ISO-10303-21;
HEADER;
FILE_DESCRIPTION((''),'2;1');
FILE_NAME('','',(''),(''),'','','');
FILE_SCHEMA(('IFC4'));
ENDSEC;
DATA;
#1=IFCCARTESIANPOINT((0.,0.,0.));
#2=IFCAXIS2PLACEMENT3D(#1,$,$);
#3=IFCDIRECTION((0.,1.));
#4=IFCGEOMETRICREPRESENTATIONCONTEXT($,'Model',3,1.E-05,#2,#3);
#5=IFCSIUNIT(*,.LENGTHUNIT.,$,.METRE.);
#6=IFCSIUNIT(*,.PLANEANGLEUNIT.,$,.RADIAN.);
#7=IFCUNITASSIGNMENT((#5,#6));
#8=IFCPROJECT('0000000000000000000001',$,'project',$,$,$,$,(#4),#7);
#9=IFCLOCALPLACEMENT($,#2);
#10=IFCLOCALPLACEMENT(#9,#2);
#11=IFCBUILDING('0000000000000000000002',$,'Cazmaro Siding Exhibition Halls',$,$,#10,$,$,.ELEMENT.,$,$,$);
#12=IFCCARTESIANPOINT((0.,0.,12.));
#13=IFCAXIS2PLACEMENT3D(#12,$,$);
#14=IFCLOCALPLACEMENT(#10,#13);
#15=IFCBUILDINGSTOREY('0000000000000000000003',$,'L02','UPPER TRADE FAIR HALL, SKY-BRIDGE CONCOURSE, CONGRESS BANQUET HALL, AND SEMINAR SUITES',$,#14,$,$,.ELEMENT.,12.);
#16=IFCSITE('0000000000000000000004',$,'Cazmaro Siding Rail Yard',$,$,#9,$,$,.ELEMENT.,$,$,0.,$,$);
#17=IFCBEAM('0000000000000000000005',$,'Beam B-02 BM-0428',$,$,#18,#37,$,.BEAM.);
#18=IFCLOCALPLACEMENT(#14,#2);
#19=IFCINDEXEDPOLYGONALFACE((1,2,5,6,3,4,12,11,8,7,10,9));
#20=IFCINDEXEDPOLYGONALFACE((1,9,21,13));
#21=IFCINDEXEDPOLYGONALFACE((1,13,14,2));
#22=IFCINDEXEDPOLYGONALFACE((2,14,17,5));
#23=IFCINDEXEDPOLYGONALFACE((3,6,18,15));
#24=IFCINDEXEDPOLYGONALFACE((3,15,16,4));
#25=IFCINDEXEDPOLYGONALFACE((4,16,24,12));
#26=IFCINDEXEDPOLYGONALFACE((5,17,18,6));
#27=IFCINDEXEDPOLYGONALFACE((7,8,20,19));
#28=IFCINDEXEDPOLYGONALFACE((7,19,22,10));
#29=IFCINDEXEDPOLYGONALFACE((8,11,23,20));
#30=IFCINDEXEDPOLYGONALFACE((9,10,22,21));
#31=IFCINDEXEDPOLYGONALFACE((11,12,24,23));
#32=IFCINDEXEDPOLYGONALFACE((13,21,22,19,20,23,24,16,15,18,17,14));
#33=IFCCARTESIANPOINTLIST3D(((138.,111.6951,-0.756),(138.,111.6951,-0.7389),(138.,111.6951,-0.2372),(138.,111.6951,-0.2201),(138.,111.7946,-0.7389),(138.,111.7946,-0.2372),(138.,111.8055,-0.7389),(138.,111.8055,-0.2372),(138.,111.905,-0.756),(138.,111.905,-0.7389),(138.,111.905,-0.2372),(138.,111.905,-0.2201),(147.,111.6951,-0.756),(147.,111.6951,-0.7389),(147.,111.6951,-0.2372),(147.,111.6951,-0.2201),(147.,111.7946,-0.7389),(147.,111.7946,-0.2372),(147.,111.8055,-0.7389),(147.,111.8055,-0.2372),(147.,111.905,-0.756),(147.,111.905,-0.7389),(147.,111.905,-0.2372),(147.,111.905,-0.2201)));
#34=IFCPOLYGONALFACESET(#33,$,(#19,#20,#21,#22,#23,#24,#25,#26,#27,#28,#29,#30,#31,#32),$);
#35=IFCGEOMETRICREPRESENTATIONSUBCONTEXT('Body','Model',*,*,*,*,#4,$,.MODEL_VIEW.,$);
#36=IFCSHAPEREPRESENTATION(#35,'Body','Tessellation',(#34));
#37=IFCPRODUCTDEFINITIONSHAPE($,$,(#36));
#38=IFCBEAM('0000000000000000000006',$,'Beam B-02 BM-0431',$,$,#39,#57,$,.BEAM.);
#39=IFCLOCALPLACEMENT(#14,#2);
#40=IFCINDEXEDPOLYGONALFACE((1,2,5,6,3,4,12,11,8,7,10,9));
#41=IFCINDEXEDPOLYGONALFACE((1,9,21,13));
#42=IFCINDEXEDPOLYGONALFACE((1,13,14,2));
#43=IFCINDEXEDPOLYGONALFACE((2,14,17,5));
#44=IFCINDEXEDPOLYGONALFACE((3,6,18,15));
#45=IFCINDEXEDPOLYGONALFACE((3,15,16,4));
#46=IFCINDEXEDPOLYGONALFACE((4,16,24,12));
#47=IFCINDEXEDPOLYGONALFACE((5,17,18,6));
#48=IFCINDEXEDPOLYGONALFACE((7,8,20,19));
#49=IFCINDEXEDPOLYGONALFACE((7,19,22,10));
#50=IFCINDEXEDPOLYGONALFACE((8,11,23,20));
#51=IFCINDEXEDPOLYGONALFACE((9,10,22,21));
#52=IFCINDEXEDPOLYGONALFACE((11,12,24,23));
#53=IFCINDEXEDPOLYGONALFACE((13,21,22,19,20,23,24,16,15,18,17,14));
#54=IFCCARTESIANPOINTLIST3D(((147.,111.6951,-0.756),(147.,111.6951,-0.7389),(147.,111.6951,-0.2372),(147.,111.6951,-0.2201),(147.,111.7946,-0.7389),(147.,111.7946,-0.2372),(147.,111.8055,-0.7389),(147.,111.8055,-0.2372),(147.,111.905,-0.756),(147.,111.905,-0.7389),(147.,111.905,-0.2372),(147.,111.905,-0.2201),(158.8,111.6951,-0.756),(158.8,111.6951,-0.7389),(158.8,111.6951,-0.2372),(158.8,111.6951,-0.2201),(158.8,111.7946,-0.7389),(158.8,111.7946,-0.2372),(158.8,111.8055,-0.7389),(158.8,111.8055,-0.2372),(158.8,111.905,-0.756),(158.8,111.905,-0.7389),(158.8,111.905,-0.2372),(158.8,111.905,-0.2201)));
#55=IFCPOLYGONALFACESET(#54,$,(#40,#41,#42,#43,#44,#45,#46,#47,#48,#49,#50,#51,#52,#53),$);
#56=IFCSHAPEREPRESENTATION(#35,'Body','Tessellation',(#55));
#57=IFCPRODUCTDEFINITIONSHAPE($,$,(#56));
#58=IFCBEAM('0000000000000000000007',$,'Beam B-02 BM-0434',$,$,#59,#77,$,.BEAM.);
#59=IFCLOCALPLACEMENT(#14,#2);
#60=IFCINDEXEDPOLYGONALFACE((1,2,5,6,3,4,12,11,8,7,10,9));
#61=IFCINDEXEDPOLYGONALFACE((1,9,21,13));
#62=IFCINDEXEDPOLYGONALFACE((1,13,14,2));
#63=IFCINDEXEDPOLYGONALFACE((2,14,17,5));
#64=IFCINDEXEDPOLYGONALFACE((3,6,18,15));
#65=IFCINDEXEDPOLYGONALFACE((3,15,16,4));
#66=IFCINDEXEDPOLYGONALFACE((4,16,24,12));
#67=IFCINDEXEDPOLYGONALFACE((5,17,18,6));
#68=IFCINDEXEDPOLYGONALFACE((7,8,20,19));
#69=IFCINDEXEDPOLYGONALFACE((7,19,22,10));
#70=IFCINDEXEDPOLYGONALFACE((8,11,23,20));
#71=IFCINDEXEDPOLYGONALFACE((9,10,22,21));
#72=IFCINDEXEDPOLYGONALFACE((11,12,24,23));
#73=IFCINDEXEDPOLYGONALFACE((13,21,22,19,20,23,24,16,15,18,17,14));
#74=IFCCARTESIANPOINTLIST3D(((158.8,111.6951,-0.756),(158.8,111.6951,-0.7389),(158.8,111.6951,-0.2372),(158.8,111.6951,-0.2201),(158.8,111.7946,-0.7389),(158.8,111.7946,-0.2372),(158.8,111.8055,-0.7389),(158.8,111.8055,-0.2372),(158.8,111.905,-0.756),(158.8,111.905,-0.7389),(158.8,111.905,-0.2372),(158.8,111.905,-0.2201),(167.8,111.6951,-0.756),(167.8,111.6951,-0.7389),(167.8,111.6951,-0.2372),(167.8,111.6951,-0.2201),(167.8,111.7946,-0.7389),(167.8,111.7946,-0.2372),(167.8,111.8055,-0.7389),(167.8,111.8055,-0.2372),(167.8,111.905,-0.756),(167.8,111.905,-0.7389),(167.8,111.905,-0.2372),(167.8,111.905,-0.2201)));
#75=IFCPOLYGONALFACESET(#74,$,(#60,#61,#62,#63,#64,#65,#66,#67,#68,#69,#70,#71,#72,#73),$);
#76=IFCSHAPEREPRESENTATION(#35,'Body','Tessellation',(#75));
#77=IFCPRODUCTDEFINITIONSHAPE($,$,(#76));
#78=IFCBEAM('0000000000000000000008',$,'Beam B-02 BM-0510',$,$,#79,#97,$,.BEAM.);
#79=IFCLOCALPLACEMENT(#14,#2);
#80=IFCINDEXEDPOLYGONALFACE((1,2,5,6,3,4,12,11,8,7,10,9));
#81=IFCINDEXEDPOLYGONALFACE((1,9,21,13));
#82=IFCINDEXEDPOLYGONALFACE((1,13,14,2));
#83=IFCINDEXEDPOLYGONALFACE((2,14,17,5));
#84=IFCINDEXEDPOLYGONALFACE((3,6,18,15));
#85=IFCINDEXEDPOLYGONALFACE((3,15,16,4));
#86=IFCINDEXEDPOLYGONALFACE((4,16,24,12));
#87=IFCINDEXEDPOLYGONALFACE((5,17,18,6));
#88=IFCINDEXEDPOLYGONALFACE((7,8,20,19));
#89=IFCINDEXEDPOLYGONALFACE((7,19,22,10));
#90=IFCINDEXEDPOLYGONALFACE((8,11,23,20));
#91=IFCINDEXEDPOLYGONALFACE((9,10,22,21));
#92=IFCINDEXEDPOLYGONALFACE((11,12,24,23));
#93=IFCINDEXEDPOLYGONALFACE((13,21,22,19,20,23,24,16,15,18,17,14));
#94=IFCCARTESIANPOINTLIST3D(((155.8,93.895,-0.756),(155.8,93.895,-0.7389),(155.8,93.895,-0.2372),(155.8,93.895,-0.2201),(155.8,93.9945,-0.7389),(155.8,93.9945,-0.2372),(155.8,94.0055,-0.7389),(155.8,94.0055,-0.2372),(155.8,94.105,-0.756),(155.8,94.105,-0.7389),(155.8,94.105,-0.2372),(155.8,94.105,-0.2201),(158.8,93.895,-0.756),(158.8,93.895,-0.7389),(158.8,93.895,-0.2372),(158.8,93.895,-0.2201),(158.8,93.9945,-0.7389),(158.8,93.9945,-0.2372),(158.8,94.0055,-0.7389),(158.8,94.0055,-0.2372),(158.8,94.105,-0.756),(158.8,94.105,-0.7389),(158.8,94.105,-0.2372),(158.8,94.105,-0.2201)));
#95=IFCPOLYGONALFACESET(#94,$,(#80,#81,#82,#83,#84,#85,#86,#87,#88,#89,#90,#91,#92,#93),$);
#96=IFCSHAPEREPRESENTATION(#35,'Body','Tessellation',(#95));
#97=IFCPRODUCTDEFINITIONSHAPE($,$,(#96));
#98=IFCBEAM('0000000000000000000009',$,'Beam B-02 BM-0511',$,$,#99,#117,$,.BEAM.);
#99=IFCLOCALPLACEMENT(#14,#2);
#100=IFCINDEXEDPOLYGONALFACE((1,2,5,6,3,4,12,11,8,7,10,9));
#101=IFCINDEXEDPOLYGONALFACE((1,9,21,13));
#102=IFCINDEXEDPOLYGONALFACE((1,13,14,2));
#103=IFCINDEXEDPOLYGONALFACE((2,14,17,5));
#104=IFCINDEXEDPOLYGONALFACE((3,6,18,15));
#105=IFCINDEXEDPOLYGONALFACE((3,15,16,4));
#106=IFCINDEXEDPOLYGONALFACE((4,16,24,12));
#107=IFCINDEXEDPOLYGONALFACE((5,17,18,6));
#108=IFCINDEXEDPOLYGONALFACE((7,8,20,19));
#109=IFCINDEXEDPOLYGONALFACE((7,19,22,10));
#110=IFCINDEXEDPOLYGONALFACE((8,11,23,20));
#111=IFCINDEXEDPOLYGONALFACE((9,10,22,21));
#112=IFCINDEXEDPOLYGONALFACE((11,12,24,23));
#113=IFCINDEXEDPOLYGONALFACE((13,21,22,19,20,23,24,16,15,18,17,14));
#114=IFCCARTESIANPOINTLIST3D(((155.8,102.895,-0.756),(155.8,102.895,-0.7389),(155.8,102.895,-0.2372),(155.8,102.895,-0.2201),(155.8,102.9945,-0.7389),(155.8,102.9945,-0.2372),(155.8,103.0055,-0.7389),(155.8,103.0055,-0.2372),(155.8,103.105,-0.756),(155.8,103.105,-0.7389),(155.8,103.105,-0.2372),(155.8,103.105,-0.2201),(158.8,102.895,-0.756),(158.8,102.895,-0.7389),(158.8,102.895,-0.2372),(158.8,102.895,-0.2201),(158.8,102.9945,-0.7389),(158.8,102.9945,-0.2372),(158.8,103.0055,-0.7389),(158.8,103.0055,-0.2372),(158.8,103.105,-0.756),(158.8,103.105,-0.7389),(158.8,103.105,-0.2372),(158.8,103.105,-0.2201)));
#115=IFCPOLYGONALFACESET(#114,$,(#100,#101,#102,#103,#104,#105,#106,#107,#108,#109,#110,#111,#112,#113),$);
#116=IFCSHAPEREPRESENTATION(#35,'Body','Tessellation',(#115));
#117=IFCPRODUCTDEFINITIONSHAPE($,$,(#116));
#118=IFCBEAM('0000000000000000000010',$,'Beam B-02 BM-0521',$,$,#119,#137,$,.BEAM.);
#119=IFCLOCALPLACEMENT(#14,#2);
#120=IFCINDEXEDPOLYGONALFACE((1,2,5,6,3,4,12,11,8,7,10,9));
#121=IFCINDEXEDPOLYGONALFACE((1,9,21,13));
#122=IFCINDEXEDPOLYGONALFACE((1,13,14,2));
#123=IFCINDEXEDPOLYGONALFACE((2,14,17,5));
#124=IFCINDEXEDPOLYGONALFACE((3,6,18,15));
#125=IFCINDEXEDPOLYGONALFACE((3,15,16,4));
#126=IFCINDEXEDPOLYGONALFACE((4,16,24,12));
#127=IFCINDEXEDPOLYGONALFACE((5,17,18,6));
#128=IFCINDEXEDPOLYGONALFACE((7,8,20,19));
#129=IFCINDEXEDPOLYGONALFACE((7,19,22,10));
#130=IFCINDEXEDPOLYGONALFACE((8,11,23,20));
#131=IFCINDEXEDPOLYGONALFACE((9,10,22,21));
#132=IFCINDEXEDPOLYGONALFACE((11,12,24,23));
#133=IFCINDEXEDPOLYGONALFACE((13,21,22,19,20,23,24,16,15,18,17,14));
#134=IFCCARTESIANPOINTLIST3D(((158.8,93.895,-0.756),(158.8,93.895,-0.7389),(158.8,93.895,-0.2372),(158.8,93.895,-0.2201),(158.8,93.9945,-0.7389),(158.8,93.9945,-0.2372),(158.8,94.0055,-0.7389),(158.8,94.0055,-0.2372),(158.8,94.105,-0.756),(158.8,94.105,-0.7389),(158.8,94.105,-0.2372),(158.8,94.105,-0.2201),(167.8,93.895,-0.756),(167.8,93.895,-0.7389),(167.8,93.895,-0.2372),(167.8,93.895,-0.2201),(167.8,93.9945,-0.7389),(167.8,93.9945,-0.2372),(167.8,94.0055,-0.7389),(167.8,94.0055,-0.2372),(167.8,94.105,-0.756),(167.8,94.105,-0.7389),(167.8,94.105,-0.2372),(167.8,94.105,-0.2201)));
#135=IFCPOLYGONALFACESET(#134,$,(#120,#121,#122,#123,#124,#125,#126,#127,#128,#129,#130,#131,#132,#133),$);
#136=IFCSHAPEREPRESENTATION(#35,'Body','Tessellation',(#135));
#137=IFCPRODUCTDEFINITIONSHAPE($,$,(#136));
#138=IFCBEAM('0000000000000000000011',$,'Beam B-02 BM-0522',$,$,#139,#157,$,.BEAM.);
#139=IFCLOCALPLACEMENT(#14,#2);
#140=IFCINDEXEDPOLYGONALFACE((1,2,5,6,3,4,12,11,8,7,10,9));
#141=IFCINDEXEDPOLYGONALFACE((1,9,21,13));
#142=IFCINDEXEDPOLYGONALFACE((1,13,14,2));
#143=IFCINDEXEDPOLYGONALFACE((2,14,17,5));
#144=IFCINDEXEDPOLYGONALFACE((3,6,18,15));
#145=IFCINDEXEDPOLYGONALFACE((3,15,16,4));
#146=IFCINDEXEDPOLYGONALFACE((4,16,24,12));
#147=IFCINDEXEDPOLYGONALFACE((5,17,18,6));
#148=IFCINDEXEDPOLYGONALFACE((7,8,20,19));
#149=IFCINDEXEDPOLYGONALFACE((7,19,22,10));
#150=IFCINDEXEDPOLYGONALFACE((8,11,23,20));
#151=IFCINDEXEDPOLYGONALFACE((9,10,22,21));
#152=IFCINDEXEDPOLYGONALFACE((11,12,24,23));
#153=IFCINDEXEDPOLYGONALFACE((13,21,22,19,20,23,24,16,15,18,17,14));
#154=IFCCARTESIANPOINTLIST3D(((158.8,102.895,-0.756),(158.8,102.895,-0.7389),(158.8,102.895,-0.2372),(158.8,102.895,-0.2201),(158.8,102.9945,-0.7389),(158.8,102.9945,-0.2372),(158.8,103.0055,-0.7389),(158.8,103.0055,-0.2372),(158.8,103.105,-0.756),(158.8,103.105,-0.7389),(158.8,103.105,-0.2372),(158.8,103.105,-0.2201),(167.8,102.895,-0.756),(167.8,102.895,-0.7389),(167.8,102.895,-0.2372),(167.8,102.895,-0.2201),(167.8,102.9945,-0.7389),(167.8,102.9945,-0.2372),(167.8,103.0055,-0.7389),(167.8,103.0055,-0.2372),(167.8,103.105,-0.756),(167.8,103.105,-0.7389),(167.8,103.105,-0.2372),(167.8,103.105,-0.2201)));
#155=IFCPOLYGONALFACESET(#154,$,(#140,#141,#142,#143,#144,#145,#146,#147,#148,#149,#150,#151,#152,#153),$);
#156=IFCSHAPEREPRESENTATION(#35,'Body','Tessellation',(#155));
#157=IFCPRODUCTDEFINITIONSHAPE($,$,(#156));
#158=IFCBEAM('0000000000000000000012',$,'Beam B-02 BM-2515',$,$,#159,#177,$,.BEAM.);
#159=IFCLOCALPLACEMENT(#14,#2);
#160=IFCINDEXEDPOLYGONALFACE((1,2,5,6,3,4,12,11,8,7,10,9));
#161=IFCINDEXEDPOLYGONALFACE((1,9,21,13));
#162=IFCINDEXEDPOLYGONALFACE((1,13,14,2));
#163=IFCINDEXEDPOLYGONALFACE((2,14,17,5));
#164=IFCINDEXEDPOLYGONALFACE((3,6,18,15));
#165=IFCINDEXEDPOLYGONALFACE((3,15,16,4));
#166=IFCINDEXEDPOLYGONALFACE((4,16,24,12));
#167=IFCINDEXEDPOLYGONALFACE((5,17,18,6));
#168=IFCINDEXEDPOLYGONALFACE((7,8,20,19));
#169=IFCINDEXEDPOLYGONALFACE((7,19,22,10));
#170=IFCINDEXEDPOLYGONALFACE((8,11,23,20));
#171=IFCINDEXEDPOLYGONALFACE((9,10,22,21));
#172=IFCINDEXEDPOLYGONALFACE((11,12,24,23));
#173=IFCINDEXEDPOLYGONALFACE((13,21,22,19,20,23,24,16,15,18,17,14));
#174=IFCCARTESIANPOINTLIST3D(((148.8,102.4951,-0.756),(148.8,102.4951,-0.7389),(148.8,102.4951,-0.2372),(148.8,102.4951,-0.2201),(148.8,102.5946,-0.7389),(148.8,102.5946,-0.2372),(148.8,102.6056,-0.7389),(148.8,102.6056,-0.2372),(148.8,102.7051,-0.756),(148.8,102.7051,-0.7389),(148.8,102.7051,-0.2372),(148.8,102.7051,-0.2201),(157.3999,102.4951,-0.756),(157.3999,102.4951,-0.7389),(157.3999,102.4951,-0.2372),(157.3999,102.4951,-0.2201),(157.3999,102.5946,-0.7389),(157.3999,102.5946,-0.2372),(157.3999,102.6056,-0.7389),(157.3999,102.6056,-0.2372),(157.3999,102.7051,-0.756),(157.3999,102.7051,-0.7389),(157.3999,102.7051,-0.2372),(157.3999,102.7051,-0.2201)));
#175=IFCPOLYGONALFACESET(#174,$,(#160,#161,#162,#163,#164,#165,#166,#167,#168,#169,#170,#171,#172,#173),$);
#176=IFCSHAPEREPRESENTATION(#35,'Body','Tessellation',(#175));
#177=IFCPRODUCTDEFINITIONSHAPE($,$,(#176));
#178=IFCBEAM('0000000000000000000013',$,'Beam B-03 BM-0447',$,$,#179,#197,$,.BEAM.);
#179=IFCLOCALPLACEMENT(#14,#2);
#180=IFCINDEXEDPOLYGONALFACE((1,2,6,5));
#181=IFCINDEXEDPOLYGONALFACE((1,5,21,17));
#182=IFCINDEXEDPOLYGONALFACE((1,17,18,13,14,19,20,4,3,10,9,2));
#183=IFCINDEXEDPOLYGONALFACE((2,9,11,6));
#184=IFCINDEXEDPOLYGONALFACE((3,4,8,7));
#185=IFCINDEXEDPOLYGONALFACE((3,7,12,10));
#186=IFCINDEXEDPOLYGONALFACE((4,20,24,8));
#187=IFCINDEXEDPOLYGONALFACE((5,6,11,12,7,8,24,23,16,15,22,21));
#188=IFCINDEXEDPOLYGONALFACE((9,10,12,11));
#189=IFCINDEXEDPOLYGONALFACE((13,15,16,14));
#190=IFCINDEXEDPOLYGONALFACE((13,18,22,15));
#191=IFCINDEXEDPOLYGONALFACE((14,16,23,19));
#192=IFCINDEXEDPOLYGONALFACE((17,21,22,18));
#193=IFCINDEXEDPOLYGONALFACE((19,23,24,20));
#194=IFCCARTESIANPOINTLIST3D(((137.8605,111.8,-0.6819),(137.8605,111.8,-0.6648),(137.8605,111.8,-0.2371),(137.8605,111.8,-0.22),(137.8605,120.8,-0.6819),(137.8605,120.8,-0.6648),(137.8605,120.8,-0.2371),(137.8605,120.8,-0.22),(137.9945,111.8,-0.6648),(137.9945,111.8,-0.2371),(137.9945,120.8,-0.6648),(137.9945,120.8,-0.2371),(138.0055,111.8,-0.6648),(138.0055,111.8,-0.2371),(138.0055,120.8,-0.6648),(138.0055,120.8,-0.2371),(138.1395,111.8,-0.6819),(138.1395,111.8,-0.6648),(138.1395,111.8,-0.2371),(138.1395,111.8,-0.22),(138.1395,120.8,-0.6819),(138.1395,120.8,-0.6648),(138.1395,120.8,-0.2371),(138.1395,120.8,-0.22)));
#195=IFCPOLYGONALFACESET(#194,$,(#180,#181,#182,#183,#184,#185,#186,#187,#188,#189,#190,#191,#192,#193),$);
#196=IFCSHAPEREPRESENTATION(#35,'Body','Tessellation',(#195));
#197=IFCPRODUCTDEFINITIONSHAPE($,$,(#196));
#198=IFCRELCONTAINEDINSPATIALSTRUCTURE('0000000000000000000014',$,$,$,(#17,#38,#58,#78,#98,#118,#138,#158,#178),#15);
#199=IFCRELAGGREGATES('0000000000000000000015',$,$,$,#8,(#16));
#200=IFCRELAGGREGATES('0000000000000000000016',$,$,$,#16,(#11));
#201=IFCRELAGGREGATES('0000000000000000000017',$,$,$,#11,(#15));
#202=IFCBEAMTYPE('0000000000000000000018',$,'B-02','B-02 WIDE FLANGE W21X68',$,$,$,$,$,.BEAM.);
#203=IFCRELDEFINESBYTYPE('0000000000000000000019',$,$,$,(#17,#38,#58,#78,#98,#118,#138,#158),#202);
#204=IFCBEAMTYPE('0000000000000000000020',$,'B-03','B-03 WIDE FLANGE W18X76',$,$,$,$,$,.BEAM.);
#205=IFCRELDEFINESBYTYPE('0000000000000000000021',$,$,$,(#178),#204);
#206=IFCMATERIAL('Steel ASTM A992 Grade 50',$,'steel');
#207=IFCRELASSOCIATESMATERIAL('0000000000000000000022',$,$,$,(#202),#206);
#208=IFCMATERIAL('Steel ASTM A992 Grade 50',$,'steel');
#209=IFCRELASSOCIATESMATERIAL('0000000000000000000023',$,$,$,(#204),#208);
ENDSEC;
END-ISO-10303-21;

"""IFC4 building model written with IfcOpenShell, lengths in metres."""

from ifc_helpers import new_model, si_unit, direction, frame, origin, origin_2d, place, context, subcontext, project, spatial, i_section, extrude, material, material_profile, profile_set, type_object, element, save


model = new_model("IFC4")

# Units and contexts
model_context = context("Model", 3, precision=1e-05, world=origin(), true_north=direction((0.0, 1.0)))
body_context = subcontext(model_context, "Body", "Model", "MODEL_VIEW")
ifc_project = project(units=[si_unit("LENGTHUNIT", "METRE"), si_unit("PLANEANGLEUNIT", "RADIAN")], contexts=[model_context])

# Site, building, storey
site_placement = place(None, origin())
site = spatial("IfcSite", under=ifc_project, at=site_placement, Name="Cazmaro Siding Rail Yard", CompositionType="ELEMENT", RefElevation=0.0)
building_placement = place(site_placement, origin())
building = spatial("IfcBuilding", under=site, at=building_placement, Name="Cazmaro Siding Exhibition Halls", CompositionType="ELEMENT")
storey_placement = place(building_placement, frame((0.0, 0.0, 12.0)))
storey = spatial("IfcBuildingStorey", under=building, at=storey_placement, Name="L02", Description="UPPER TRADE FAIR HALL, SKY-BRIDGE CONCOURSE, CONGRESS BANQUET HALL, AND SEMINAR SUITES", CompositionType="ELEMENT", Elevation=12.0)

# Beams
ifc_material_1 = material(Name="Steel ASTM A992 Grade 50", Category="steel")
ifc_material_profile_1 = material_profile(ifc_material_1, i_section(OverallWidth=0.21, OverallDepth=0.5359, WebThickness=0.011, FlangeThickness=0.0171, at=origin_2d()), Name="W21X68")
ifc_profile_set_1 = profile_set([ifc_material_profile_1], Name="Steel ASTM A992 Grade 50")
beam_type_1 = type_object("IfcBeamType", Name="B-02", Description="B-02 WIDE FLANGE W21X68", PredefinedType="BEAM", material=ifc_profile_set_1)
beam_1_placement = place(storey_placement, frame((138.0, 111.8, -0.488), z_axis=(1.0, 0.0, 0.0), x_axis=(0.0, 1.0, 0.0)))
element("IfcBeam", 1, at=beam_1_placement, inside=storey, type_object=beam_type_1, Name="Beam B-02 BM-0428", PredefinedType="BEAM", context=body_context, shape_type="SweptSolid", body=[
    extrude(i_section(OverallWidth=0.21, OverallDepth=0.5359, WebThickness=0.011, FlangeThickness=0.0171, at=origin_2d()), origin(), (0.0, 0.0, 1.0), 9.0),
])
beam_2_placement = place(storey_placement, frame((147.0, 111.8, -0.488), z_axis=(1.0, 0.0, 0.0), x_axis=(0.0, 1.0, 0.0)))
element("IfcBeam", 2, at=beam_2_placement, inside=storey, type_object=beam_type_1, Name="Beam B-02 BM-0431", PredefinedType="BEAM", context=body_context, shape_type="SweptSolid", body=[
    extrude(i_section(OverallWidth=0.21, OverallDepth=0.5359, WebThickness=0.011, FlangeThickness=0.0171, at=origin_2d()), origin(), (0.0, 0.0, 1.0), 11.8),
])
beam_3_placement = place(storey_placement, frame((158.8, 111.8, -0.488), z_axis=(1.0, 0.0, 0.0), x_axis=(0.0, 1.0, 0.0)))
element("IfcBeam", 3, at=beam_3_placement, inside=storey, type_object=beam_type_1, Name="Beam B-02 BM-0434", PredefinedType="BEAM", context=body_context, shape_type="SweptSolid", body=[
    extrude(i_section(OverallWidth=0.21, OverallDepth=0.5359, WebThickness=0.011, FlangeThickness=0.0171, at=origin_2d()), origin(), (0.0, 0.0, 1.0), 9.0),
])
for number, where, z_axis, x_axis, name in (
    (4, (155.8, 94.0, -0.488), (1.0, 0.0, 0.0), (0.0, 1.0, 0.0), "Beam B-02 BM-0510"),
    (5, (155.8, 103.0, -0.488), (1.0, 0.0, 0.0), (0.0, 1.0, 0.0), "Beam B-02 BM-0511"),
):
    element("IfcBeam", number, at=place(storey_placement, frame(where, z_axis=z_axis, x_axis=x_axis)), inside=storey, type_object=beam_type_1, Name=name, PredefinedType="BEAM", context=body_context, shape_type="SweptSolid", body=[
        extrude(i_section(OverallWidth=0.21, OverallDepth=0.5359, WebThickness=0.011, FlangeThickness=0.0171, at=origin_2d()), origin(), (0.0, 0.0, 1.0), 3.0),
    ])
for number, where, z_axis, x_axis, name in (
    (6, (158.8, 94.0, -0.488), (1.0, 0.0, 0.0), (0.0, 1.0, 0.0), "Beam B-02 BM-0521"),
    (7, (158.8, 103.0, -0.488), (1.0, 0.0, 0.0), (0.0, 1.0, 0.0), "Beam B-02 BM-0522"),
):
    element("IfcBeam", number, at=place(storey_placement, frame(where, z_axis=z_axis, x_axis=x_axis)), inside=storey, type_object=beam_type_1, Name=name, PredefinedType="BEAM", context=body_context, shape_type="SweptSolid", body=[
        extrude(i_section(OverallWidth=0.21, OverallDepth=0.5359, WebThickness=0.011, FlangeThickness=0.0171, at=origin_2d()), origin(), (0.0, 0.0, 1.0), 9.0),
    ])
beam_4_placement = place(storey_placement, frame((148.8, 102.6001, -0.488), z_axis=(1.0, 0.0, 0.0), x_axis=(0.0, 1.0, 0.0)))
element("IfcBeam", 8, at=beam_4_placement, inside=storey, type_object=beam_type_1, Name="Beam B-02 BM-2515", PredefinedType="BEAM", context=body_context, shape_type="SweptSolid", body=[
    extrude(i_section(OverallWidth=0.21, OverallDepth=0.5359, WebThickness=0.011, FlangeThickness=0.0171, at=origin_2d()), origin(), (0.0, 0.0, 1.0), 8.5999),
])
ifc_material_2 = material(Name="Steel ASTM A992 Grade 50", Category="steel")
ifc_material_profile_2 = material_profile(ifc_material_2, i_section(OverallWidth=0.2791, OverallDepth=0.4619, WebThickness=0.011, FlangeThickness=0.0171, at=origin_2d()), Name="W18X76")
ifc_profile_set_2 = profile_set([ifc_material_profile_2], Name="Steel ASTM A992 Grade 50")
beam_type_2 = type_object("IfcBeamType", Name="B-03", Description="B-03 WIDE FLANGE W18X76", PredefinedType="BEAM", material=ifc_profile_set_2)
for number, where, z_axis, x_axis, name in (
    (9, (138.0, 111.8, -0.4509), (0.0, 1.0, 0.0), (-1.0, 0.0, 0.0), "Beam B-03 BM-0447"),
):
    element("IfcBeam", number, at=place(storey_placement, frame(where, z_axis=z_axis, x_axis=x_axis)), inside=storey, type_object=beam_type_2, Name=name, PredefinedType="BEAM", context=body_context, shape_type="SweptSolid", body=[
        extrude(i_section(OverallWidth=0.2791, OverallDepth=0.4619, WebThickness=0.011, FlangeThickness=0.0171, at=origin_2d()), origin(), (0.0, 0.0, 1.0), 9.0),
    ])

save(model, "model.ifc")
